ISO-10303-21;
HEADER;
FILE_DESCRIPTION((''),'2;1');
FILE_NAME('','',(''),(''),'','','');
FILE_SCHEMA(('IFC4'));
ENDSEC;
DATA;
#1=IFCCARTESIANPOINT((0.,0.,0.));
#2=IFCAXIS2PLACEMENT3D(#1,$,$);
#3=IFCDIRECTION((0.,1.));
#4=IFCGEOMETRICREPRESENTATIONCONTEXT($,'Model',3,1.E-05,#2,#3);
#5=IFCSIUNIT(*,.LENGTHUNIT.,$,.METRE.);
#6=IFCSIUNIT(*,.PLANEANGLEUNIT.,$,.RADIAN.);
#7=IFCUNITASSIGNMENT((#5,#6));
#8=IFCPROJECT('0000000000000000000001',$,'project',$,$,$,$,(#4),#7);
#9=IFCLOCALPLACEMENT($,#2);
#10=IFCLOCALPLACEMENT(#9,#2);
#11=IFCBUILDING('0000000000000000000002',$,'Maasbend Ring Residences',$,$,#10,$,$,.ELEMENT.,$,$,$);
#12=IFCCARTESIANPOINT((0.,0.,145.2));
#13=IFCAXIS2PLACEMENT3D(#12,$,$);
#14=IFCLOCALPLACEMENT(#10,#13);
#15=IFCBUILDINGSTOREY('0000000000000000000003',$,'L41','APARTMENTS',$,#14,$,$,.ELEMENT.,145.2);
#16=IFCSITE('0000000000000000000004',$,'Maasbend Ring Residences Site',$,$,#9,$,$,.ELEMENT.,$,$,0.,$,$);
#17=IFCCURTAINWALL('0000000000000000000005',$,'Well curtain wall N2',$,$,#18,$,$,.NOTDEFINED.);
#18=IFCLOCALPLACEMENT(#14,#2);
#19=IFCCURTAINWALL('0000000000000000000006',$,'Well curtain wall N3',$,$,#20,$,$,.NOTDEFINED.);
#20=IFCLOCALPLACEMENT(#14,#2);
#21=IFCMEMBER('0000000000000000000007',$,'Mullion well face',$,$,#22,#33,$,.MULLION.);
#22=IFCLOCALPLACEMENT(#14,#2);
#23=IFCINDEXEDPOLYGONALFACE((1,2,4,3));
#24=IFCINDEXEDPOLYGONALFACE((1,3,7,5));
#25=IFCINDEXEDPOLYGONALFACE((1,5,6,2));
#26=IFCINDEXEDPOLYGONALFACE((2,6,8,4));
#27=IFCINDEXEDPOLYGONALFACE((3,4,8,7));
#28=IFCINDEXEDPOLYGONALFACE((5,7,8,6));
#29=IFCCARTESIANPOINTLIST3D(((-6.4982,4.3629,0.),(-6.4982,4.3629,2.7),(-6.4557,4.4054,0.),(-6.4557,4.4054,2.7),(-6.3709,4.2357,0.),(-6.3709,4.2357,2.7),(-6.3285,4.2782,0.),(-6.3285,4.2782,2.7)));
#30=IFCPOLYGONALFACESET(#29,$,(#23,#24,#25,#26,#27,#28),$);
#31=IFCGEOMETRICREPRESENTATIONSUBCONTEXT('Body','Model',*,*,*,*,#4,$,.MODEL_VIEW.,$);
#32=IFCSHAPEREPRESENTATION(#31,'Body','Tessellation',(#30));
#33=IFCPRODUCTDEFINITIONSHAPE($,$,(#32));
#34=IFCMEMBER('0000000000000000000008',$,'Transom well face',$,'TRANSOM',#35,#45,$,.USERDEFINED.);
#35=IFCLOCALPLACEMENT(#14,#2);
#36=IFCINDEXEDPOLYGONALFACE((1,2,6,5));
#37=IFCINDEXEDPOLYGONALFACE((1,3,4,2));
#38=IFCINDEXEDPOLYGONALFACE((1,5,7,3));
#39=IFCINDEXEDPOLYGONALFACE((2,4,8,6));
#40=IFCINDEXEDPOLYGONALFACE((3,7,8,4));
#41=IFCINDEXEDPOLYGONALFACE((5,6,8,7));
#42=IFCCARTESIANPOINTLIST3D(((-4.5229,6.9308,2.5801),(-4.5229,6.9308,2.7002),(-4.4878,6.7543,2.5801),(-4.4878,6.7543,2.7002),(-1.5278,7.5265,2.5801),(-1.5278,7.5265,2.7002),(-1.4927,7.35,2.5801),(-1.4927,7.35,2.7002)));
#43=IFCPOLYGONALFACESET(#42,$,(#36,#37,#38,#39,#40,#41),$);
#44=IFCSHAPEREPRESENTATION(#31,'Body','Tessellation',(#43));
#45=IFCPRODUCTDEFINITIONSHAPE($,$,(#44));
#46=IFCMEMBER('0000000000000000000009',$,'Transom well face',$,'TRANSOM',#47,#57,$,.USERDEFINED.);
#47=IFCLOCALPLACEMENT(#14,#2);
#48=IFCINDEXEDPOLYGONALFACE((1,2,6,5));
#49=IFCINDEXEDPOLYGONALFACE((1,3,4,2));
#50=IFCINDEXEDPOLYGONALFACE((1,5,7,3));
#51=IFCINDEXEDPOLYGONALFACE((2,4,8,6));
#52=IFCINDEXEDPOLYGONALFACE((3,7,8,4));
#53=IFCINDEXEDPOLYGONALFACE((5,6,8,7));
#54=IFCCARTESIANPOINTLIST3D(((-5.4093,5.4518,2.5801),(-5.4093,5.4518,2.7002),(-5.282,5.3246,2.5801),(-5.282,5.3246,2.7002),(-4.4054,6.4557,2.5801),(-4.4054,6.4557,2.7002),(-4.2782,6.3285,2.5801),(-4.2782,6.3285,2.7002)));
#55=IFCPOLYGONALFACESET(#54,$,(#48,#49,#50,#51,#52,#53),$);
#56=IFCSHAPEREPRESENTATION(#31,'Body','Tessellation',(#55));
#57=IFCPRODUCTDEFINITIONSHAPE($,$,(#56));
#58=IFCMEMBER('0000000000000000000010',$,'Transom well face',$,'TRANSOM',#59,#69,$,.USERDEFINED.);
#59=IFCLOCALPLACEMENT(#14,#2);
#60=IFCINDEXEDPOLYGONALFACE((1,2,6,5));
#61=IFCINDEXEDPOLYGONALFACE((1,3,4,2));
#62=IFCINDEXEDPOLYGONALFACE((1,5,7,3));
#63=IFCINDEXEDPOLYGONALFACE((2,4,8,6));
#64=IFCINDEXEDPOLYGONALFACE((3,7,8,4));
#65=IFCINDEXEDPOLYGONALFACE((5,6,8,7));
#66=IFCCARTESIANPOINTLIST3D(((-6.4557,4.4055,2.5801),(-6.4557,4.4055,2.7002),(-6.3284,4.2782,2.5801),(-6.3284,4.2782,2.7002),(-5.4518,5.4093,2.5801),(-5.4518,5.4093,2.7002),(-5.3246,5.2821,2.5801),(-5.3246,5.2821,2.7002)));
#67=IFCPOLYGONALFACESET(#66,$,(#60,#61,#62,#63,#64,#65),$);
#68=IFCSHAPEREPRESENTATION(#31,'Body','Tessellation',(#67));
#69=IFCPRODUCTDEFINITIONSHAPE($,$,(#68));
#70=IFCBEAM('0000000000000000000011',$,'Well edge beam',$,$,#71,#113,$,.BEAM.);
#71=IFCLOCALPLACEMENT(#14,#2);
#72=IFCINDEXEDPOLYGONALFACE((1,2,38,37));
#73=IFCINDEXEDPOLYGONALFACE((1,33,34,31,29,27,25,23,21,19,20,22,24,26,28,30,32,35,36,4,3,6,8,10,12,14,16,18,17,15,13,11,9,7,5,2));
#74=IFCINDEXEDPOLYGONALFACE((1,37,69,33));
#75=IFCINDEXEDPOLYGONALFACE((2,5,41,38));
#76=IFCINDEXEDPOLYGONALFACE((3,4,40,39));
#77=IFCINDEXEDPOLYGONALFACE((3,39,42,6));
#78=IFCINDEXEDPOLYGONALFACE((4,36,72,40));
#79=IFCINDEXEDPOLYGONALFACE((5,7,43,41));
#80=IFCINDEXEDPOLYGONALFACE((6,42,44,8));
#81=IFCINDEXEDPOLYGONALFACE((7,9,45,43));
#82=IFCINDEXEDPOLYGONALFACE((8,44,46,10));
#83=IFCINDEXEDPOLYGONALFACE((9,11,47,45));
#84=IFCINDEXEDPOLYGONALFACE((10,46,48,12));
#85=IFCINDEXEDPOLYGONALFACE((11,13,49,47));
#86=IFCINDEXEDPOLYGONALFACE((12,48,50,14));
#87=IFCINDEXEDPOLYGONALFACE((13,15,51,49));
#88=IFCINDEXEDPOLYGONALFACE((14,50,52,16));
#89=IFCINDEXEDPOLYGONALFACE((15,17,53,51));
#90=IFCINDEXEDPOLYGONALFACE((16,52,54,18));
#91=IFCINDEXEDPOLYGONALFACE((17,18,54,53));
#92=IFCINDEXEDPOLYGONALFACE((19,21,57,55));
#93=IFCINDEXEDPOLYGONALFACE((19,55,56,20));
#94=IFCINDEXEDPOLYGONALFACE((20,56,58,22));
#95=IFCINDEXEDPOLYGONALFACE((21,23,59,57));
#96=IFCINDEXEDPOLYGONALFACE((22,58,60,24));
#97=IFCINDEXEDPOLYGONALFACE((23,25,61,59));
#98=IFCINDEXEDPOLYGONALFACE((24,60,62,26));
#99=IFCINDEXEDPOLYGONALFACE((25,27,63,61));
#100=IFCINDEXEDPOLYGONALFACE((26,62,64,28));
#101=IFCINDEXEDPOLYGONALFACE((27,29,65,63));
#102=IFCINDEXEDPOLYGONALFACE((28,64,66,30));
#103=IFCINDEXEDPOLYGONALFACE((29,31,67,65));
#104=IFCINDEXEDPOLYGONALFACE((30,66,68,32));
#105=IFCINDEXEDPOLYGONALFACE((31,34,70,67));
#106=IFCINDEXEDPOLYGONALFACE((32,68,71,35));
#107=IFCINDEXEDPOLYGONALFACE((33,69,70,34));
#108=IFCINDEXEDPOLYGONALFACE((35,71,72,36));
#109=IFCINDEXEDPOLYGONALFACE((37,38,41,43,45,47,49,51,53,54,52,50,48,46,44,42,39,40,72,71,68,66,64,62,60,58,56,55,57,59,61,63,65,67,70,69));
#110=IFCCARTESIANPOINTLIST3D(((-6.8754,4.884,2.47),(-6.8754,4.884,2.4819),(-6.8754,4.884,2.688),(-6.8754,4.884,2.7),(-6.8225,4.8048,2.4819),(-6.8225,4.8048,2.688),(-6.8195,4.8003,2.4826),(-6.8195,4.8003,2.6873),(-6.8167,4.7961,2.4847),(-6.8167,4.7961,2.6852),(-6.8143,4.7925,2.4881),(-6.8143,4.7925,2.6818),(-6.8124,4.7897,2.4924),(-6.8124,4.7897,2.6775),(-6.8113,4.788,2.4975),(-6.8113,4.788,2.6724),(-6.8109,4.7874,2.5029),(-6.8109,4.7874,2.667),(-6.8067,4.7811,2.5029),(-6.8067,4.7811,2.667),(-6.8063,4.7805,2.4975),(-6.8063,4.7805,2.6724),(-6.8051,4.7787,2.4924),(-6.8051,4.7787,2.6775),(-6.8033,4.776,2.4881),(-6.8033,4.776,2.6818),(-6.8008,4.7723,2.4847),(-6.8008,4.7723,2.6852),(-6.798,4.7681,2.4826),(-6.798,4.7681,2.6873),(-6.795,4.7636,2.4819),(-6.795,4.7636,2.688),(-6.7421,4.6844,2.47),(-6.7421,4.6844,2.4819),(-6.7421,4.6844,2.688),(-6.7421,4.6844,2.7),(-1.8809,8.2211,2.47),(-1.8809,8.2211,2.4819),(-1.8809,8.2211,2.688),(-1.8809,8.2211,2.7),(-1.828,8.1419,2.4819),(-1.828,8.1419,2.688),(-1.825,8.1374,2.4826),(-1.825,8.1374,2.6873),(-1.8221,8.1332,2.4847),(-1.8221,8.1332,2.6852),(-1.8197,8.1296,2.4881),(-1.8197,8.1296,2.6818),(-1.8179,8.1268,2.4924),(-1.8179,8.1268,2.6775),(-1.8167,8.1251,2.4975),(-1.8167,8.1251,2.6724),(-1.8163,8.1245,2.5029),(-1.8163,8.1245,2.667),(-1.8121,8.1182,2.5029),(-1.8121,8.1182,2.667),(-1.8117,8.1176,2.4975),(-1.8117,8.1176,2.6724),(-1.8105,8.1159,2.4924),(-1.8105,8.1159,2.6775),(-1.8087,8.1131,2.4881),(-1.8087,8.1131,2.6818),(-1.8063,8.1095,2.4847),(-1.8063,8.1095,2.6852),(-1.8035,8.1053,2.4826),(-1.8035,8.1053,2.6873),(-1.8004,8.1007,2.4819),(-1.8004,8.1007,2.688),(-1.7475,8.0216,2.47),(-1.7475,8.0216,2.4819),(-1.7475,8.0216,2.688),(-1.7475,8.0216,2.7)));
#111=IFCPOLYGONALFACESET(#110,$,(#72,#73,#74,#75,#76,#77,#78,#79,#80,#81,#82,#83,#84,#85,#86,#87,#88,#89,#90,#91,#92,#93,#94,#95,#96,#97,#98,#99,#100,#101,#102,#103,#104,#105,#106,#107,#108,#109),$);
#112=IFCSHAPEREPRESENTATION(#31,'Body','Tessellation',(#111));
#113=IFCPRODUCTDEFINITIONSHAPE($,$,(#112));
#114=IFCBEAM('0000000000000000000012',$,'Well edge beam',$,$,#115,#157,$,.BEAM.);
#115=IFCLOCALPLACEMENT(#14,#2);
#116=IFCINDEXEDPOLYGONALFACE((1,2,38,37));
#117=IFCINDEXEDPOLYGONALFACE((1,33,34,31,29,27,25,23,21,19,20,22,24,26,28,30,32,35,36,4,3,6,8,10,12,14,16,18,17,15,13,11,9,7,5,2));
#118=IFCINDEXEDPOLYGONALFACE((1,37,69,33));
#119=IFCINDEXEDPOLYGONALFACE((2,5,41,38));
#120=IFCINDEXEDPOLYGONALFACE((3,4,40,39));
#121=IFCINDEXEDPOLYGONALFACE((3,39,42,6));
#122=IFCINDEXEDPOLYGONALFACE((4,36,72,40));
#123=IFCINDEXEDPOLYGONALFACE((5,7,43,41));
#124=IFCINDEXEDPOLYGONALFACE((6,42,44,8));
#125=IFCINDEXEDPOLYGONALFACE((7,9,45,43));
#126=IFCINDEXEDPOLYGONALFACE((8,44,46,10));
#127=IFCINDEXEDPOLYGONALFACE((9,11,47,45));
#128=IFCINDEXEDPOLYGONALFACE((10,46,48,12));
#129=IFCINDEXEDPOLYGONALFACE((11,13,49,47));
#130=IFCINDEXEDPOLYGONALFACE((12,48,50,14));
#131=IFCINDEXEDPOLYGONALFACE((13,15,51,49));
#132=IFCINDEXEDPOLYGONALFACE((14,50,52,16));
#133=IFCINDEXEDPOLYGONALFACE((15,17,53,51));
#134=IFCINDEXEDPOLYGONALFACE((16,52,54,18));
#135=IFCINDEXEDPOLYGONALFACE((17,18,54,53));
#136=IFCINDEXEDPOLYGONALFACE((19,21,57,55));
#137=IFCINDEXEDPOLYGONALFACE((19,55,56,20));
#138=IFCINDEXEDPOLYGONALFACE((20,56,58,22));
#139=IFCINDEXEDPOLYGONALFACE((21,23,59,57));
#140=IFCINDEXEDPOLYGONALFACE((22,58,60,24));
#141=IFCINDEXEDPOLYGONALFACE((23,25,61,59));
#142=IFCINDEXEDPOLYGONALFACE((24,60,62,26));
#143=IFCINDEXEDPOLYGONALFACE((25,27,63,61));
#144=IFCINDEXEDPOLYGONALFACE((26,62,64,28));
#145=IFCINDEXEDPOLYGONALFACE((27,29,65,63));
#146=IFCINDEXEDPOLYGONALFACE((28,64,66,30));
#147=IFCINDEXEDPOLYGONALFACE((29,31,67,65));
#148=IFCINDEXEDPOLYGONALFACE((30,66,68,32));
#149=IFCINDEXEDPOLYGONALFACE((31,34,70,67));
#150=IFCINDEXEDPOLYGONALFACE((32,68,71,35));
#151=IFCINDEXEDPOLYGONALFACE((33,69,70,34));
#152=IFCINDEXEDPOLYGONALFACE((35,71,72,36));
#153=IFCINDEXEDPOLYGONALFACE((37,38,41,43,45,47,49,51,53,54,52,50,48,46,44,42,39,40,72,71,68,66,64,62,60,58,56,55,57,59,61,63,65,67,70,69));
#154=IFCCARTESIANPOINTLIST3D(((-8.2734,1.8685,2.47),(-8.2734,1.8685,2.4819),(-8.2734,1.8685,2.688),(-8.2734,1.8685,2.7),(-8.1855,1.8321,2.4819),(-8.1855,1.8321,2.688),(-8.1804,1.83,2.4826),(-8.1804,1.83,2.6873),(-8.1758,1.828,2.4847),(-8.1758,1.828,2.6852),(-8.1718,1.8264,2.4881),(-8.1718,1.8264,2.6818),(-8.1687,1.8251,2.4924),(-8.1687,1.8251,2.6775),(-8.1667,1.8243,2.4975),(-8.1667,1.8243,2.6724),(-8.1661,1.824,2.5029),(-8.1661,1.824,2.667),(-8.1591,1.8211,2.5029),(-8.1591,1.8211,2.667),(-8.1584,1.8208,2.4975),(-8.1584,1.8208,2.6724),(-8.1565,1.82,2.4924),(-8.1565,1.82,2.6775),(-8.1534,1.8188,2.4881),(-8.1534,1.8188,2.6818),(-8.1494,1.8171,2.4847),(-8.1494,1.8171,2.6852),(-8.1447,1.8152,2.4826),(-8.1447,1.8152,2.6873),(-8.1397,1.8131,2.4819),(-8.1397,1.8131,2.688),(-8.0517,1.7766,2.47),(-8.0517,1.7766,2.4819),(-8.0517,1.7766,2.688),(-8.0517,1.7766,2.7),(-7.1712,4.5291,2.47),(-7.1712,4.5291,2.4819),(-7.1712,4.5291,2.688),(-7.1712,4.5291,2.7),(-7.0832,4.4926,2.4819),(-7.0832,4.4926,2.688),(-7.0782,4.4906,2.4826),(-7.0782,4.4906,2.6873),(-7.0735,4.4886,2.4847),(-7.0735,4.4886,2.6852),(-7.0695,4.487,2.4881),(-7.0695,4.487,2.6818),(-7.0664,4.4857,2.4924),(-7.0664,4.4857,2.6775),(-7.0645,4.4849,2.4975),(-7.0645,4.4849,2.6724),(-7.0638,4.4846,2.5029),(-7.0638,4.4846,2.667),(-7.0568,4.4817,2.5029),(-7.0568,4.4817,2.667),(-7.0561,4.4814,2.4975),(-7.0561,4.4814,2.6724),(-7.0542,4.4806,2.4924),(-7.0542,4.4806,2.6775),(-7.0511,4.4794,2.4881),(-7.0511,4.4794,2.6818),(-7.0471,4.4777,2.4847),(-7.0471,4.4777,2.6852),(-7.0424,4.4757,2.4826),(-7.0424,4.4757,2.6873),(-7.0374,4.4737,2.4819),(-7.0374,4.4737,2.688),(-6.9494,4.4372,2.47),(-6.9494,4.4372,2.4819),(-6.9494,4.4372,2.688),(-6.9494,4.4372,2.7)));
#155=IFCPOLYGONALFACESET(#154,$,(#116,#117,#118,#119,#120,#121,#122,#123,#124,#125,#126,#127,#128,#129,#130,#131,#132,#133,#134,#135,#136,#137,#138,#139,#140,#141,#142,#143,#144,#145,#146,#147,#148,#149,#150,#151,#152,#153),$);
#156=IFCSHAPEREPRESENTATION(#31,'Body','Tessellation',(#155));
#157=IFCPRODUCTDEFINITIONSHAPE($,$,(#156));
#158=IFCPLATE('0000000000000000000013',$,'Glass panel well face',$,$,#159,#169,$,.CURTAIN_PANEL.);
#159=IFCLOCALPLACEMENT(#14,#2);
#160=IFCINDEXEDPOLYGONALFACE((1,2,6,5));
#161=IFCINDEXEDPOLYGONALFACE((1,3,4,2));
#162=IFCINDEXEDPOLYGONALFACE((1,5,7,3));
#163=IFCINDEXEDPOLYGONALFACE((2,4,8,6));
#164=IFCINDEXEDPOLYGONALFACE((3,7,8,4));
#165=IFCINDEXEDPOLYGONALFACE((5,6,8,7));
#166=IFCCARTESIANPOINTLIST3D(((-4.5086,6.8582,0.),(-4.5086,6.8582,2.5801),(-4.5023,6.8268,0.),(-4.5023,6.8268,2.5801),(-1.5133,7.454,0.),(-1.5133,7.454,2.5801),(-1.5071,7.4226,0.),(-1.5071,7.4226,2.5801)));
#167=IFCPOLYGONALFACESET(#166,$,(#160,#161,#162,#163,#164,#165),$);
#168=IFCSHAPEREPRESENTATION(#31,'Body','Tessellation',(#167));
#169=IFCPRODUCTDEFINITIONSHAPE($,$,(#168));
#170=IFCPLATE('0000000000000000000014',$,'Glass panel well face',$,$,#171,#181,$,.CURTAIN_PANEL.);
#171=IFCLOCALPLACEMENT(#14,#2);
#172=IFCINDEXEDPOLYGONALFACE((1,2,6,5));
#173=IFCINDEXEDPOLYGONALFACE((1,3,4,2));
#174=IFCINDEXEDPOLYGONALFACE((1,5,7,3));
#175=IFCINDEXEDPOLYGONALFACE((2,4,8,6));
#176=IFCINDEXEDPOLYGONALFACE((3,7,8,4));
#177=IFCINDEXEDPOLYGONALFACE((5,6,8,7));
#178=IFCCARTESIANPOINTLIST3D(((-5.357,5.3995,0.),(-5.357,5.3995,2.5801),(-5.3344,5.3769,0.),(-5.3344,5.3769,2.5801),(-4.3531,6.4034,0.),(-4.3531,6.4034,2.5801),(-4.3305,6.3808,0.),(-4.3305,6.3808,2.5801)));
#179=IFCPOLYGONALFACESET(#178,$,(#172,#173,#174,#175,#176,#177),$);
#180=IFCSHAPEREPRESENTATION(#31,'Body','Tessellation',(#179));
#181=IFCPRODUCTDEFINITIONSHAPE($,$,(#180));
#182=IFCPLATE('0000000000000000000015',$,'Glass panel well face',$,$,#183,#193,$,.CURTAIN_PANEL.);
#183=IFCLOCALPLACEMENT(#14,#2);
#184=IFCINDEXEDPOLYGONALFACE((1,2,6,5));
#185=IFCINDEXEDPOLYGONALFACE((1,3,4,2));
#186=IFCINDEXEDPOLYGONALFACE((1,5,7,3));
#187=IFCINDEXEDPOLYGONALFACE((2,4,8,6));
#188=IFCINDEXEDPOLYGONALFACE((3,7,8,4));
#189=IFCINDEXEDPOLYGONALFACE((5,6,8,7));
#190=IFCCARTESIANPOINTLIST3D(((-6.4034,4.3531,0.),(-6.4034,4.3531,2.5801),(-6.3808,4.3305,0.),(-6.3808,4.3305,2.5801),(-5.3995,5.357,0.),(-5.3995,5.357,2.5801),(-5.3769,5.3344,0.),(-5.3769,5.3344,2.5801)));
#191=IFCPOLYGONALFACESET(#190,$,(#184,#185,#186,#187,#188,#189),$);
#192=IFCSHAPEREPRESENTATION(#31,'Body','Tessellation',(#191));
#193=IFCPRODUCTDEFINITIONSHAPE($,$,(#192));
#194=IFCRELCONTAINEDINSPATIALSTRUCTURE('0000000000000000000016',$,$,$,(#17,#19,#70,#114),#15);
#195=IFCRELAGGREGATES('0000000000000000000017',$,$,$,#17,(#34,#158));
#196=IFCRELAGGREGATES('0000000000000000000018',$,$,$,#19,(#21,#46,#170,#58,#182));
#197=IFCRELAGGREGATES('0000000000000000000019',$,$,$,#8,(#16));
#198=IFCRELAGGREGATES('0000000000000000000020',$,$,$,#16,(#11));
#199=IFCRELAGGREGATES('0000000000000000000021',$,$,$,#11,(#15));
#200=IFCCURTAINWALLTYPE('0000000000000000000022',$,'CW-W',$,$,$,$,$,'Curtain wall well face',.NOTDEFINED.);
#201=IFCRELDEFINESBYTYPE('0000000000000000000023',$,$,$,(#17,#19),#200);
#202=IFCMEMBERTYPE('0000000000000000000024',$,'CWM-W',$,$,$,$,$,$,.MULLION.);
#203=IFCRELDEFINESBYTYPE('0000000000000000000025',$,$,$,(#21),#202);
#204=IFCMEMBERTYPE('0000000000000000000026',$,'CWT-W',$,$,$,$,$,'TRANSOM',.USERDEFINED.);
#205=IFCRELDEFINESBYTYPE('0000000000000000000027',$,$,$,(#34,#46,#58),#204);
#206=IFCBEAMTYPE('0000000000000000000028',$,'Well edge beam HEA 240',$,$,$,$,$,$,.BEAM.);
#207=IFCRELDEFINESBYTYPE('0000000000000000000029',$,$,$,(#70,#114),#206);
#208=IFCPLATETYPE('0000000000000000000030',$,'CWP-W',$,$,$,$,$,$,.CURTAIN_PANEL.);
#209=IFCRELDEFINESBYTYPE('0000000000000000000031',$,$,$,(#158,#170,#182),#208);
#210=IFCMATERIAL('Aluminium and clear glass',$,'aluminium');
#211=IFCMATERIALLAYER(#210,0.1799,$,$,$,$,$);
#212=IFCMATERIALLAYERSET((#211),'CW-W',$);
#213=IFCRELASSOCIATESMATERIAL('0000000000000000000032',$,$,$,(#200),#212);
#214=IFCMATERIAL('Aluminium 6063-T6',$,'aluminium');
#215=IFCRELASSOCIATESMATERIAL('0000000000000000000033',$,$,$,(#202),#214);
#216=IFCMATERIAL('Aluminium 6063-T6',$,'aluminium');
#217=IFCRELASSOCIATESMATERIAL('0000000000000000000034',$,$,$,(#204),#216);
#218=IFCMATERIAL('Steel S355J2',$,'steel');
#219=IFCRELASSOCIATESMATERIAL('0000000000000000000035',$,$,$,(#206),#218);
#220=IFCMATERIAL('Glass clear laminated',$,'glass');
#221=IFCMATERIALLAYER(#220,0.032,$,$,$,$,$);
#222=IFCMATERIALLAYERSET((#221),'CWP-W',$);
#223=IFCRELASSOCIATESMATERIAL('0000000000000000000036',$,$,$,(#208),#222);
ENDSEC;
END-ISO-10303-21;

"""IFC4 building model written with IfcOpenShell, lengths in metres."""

from ifc_helpers import new_model, si_unit, direction, frame, origin, origin_2d, place, context, subcontext, project, spatial, rectangle, i_section, extrude, material, layer, layer_set, material_profile, profile_set, type_object, element, aggregate, save


model = new_model("IFC4")

# Units and contexts
model_context = context("Model", 3, precision=1e-05, world=origin(), true_north=direction((0.0, 1.0)))
body_context = subcontext(model_context, "Body", "Model", "MODEL_VIEW")
ifc_project = project(units=[si_unit("LENGTHUNIT", "METRE"), si_unit("PLANEANGLEUNIT", "RADIAN")], contexts=[model_context])

# Site, building, storey
site_placement = place(None, origin())
site = spatial("IfcSite", under=ifc_project, at=site_placement, Name="Maasbend Ring Residences Site", CompositionType="ELEMENT", RefElevation=0.0)
building_placement = place(site_placement, origin())
building = spatial("IfcBuilding", under=site, at=building_placement, Name="Maasbend Ring Residences", CompositionType="ELEMENT")
storey_placement = place(building_placement, frame((0.0, 0.0, 145.2)))
storey = spatial("IfcBuildingStorey", under=building, at=storey_placement, Name="L41", Description="APARTMENTS", CompositionType="ELEMENT", Elevation=145.2)

# Curtain walls, member
ifc_material_1 = material(Name="Aluminium and clear glass", Category="aluminium")
ifc_layer_1 = layer(ifc_material_1, 0.1799)
ifc_layer_set_1 = layer_set([ifc_layer_1], Name="CW-W")
curtain_wall_type = type_object("IfcCurtainWallType", Name="CW-W", ElementType="Curtain wall well face", PredefinedType="NOTDEFINED", material=ifc_layer_set_1)
curtain_wall_1_placement = place(storey_placement, origin())
curtain_wall_1 = element("IfcCurtainWall", 1, at=curtain_wall_1_placement, inside=storey, type_object=curtain_wall_type, Name="Well curtain wall N2", PredefinedType="NOTDEFINED")
ifc_material_2 = material(Name="Aluminium 6063-T6", Category="aluminium")
ifc_material_profile_1 = material_profile(ifc_material_2, rectangle(XDim=0.1799, YDim=0.0601, at=origin_2d()), Name="AL 180x60")
ifc_profile_set_1 = profile_set([ifc_material_profile_1], Name="Aluminium 6063-T6")
member_type_1 = type_object("IfcMemberType", Name="CWM-W", PredefinedType="MULLION", material=ifc_profile_set_1)
curtain_wall_2_placement = place(storey_placement, origin())
curtain_wall_2 = element("IfcCurtainWall", 2, at=curtain_wall_2_placement, inside=storey, type_object=curtain_wall_type, Name="Well curtain wall N3", PredefinedType="NOTDEFINED")
member_1_placement = place(storey_placement, frame((-6.4133, 4.3206, 0.0), z_axis=(0.0, 0.0, 1.0), x_axis=(0.707107, -0.707107, 0.0)))
member_1 = element("IfcMember", 3, at=member_1_placement, type_object=member_type_1, Name="Mullion well face", PredefinedType="MULLION", context=body_context, shape_type="SweptSolid", body=[
    extrude(rectangle(XDim=0.1799, YDim=0.0601, at=origin_2d()), origin(), (0.0, 0.0, 1.0), 2.7),
])

# Members
ifc_material_3 = material(Name="Aluminium 6063-T6", Category="aluminium")
ifc_material_profile_2 = material_profile(ifc_material_3, rectangle(XDim=0.1799, YDim=0.1201, at=origin_2d()), Name="AL 180x120")
ifc_profile_set_2 = profile_set([ifc_material_profile_2], Name="Aluminium 6063-T6")
member_type_2 = type_object("IfcMemberType", Name="CWT-W", ElementType="TRANSOM", PredefinedType="USERDEFINED", material=ifc_profile_set_2)
member_2_placement = place(storey_placement, frame((-1.5103, 7.4382, 2.6401), z_axis=(-0.980789, -0.195071, 0.0), x_axis=(0.195071, -0.980789, 0.0)))
member_2 = element("IfcMember", 4, at=member_2_placement, type_object=member_type_2, Name="Transom well face", ObjectType="TRANSOM", PredefinedType="USERDEFINED", context=body_context, shape_type="SweptSolid", body=[
    extrude(rectangle(XDim=0.1799, YDim=0.1201, at=origin_2d()), origin(), (0.0, 0.0, 1.0), 3.0537),
])
member_3_placement = place(storey_placement, frame((-4.3418, 6.3921, 2.6401), z_axis=(-0.707107, -0.707107, 0.0), x_axis=(0.707107, -0.707107, 0.0)))
member_3 = element("IfcMember", 5, at=member_3_placement, type_object=member_type_2, Name="Transom well face", ObjectType="TRANSOM", PredefinedType="USERDEFINED", context=body_context, shape_type="SweptSolid", body=[
    extrude(rectangle(XDim=0.1799, YDim=0.1201, at=origin_2d()), origin(), (0.0, 0.0, 1.0), 1.4197),
])
member_4_placement = place(storey_placement, frame((-5.3882, 5.3457, 2.6401), z_axis=(-0.707107, -0.707107, 0.0), x_axis=(0.707107, -0.707107, 0.0)))
member_4 = element("IfcMember", 6, at=member_4_placement, type_object=member_type_2, Name="Transom well face", ObjectType="TRANSOM", PredefinedType="USERDEFINED", context=body_context, shape_type="SweptSolid", body=[
    extrude(rectangle(XDim=0.1799, YDim=0.1201, at=origin_2d()), origin(), (0.0, 0.0, 1.0), 1.4197),
])

# Beams
ifc_material_4 = material(Name="Steel S355J2", Category="steel")
ifc_material_profile_3 = material_profile(ifc_material_4, i_section(OverallWidth=0.24, OverallDepth=0.23, WebThickness=0.0076, FlangeThickness=0.012, FilletRadius=0.021, at=origin_2d()), Name="HEA 240")
ifc_profile_set_3 = profile_set([ifc_material_profile_3], Name="Steel S355J2")
beam_type = type_object("IfcBeamType", Name="Well edge beam HEA 240", PredefinedType="BEAM", material=ifc_profile_set_3)
beam_1_placement = place(storey_placement, frame((-1.8142, 8.1213, 2.585), z_axis=(-0.831481, -0.555553, 0.0), x_axis=(0.555553, -0.831481, 0.0)))
element("IfcBeam", 7, at=beam_1_placement, inside=storey, type_object=beam_type, Name="Well edge beam", PredefinedType="BEAM", context=body_context, shape_type="SweptSolid", body=[
    extrude(i_section(OverallWidth=0.24, OverallDepth=0.23, WebThickness=0.0076, FlangeThickness=0.012, FilletRadius=0.021, at=origin_2d()), origin(), (0.0, 0.0, 1.0), 6.0068),
])
beam_2_placement = place(storey_placement, frame((-7.0603, 4.4832, 2.585), z_axis=(-0.382749, -0.923853, 0.0), x_axis=(0.923853, -0.382749, 0.0)))
element("IfcBeam", 8, at=beam_2_placement, inside=storey, type_object=beam_type, Name="Well edge beam", PredefinedType="BEAM", context=body_context, shape_type="SweptSolid", body=[
    extrude(i_section(OverallWidth=0.24, OverallDepth=0.23, WebThickness=0.0076, FlangeThickness=0.012, FilletRadius=0.021, at=origin_2d()), origin(), (0.0, 0.0, 1.0), 2.8799),
])

# Plates
ifc_material_5 = material(Name="Glass clear laminated", Category="glass")
ifc_layer_2 = layer(ifc_material_5, 0.032)
ifc_layer_set_2 = layer_set([ifc_layer_2], Name="CWP-W")
plate_type = type_object("IfcPlateType", Name="CWP-W", PredefinedType="CURTAIN_PANEL", material=ifc_layer_set_2)
plate_1_placement = place(storey_placement, frame((-3.0078, 7.1404, 0.0), z_axis=(0.0, 0.0, 1.0), x_axis=(-0.980785, -0.19509, 0.0)))
plate_1 = element("IfcPlate", 9, at=plate_1_placement, type_object=plate_type, Name="Glass panel well face", PredefinedType="CURTAIN_PANEL", context=body_context, shape_type="SweptSolid", body=[
    extrude(rectangle(XDim=3.054, YDim=0.032, at=origin_2d()), origin(), (0.0, 0.0, 1.0), 2.5801),
])
aggregate(curtain_wall_1, [member_2, plate_1])
plate_2_placement = place(storey_placement, frame((-4.8438, 5.8901, 0.0), z_axis=(0.0, 0.0, 1.0), x_axis=(-0.707107, -0.707107, 0.0)))
plate_2 = element("IfcPlate", 10, at=plate_2_placement, type_object=plate_type, Name="Glass panel well face", PredefinedType="CURTAIN_PANEL", context=body_context, shape_type="SweptSolid", body=[
    extrude(rectangle(XDim=1.4197, YDim=0.032, at=origin_2d()), origin(), (0.0, 0.0, 1.0), 2.5801),
])
plate_3_placement = place(storey_placement, frame((-5.8901, 4.8438, 0.0), z_axis=(0.0, 0.0, 1.0), x_axis=(-0.707107, -0.707107, 0.0)))
plate_3 = element("IfcPlate", 11, at=plate_3_placement, type_object=plate_type, Name="Glass panel well face", PredefinedType="CURTAIN_PANEL", context=body_context, shape_type="SweptSolid", body=[
    extrude(rectangle(XDim=1.4197, YDim=0.032, at=origin_2d()), origin(), (0.0, 0.0, 1.0), 2.5801),
])
aggregate(curtain_wall_2, [member_1, member_3, plate_2, member_4, plate_3])

save(model, "model.ifc")
